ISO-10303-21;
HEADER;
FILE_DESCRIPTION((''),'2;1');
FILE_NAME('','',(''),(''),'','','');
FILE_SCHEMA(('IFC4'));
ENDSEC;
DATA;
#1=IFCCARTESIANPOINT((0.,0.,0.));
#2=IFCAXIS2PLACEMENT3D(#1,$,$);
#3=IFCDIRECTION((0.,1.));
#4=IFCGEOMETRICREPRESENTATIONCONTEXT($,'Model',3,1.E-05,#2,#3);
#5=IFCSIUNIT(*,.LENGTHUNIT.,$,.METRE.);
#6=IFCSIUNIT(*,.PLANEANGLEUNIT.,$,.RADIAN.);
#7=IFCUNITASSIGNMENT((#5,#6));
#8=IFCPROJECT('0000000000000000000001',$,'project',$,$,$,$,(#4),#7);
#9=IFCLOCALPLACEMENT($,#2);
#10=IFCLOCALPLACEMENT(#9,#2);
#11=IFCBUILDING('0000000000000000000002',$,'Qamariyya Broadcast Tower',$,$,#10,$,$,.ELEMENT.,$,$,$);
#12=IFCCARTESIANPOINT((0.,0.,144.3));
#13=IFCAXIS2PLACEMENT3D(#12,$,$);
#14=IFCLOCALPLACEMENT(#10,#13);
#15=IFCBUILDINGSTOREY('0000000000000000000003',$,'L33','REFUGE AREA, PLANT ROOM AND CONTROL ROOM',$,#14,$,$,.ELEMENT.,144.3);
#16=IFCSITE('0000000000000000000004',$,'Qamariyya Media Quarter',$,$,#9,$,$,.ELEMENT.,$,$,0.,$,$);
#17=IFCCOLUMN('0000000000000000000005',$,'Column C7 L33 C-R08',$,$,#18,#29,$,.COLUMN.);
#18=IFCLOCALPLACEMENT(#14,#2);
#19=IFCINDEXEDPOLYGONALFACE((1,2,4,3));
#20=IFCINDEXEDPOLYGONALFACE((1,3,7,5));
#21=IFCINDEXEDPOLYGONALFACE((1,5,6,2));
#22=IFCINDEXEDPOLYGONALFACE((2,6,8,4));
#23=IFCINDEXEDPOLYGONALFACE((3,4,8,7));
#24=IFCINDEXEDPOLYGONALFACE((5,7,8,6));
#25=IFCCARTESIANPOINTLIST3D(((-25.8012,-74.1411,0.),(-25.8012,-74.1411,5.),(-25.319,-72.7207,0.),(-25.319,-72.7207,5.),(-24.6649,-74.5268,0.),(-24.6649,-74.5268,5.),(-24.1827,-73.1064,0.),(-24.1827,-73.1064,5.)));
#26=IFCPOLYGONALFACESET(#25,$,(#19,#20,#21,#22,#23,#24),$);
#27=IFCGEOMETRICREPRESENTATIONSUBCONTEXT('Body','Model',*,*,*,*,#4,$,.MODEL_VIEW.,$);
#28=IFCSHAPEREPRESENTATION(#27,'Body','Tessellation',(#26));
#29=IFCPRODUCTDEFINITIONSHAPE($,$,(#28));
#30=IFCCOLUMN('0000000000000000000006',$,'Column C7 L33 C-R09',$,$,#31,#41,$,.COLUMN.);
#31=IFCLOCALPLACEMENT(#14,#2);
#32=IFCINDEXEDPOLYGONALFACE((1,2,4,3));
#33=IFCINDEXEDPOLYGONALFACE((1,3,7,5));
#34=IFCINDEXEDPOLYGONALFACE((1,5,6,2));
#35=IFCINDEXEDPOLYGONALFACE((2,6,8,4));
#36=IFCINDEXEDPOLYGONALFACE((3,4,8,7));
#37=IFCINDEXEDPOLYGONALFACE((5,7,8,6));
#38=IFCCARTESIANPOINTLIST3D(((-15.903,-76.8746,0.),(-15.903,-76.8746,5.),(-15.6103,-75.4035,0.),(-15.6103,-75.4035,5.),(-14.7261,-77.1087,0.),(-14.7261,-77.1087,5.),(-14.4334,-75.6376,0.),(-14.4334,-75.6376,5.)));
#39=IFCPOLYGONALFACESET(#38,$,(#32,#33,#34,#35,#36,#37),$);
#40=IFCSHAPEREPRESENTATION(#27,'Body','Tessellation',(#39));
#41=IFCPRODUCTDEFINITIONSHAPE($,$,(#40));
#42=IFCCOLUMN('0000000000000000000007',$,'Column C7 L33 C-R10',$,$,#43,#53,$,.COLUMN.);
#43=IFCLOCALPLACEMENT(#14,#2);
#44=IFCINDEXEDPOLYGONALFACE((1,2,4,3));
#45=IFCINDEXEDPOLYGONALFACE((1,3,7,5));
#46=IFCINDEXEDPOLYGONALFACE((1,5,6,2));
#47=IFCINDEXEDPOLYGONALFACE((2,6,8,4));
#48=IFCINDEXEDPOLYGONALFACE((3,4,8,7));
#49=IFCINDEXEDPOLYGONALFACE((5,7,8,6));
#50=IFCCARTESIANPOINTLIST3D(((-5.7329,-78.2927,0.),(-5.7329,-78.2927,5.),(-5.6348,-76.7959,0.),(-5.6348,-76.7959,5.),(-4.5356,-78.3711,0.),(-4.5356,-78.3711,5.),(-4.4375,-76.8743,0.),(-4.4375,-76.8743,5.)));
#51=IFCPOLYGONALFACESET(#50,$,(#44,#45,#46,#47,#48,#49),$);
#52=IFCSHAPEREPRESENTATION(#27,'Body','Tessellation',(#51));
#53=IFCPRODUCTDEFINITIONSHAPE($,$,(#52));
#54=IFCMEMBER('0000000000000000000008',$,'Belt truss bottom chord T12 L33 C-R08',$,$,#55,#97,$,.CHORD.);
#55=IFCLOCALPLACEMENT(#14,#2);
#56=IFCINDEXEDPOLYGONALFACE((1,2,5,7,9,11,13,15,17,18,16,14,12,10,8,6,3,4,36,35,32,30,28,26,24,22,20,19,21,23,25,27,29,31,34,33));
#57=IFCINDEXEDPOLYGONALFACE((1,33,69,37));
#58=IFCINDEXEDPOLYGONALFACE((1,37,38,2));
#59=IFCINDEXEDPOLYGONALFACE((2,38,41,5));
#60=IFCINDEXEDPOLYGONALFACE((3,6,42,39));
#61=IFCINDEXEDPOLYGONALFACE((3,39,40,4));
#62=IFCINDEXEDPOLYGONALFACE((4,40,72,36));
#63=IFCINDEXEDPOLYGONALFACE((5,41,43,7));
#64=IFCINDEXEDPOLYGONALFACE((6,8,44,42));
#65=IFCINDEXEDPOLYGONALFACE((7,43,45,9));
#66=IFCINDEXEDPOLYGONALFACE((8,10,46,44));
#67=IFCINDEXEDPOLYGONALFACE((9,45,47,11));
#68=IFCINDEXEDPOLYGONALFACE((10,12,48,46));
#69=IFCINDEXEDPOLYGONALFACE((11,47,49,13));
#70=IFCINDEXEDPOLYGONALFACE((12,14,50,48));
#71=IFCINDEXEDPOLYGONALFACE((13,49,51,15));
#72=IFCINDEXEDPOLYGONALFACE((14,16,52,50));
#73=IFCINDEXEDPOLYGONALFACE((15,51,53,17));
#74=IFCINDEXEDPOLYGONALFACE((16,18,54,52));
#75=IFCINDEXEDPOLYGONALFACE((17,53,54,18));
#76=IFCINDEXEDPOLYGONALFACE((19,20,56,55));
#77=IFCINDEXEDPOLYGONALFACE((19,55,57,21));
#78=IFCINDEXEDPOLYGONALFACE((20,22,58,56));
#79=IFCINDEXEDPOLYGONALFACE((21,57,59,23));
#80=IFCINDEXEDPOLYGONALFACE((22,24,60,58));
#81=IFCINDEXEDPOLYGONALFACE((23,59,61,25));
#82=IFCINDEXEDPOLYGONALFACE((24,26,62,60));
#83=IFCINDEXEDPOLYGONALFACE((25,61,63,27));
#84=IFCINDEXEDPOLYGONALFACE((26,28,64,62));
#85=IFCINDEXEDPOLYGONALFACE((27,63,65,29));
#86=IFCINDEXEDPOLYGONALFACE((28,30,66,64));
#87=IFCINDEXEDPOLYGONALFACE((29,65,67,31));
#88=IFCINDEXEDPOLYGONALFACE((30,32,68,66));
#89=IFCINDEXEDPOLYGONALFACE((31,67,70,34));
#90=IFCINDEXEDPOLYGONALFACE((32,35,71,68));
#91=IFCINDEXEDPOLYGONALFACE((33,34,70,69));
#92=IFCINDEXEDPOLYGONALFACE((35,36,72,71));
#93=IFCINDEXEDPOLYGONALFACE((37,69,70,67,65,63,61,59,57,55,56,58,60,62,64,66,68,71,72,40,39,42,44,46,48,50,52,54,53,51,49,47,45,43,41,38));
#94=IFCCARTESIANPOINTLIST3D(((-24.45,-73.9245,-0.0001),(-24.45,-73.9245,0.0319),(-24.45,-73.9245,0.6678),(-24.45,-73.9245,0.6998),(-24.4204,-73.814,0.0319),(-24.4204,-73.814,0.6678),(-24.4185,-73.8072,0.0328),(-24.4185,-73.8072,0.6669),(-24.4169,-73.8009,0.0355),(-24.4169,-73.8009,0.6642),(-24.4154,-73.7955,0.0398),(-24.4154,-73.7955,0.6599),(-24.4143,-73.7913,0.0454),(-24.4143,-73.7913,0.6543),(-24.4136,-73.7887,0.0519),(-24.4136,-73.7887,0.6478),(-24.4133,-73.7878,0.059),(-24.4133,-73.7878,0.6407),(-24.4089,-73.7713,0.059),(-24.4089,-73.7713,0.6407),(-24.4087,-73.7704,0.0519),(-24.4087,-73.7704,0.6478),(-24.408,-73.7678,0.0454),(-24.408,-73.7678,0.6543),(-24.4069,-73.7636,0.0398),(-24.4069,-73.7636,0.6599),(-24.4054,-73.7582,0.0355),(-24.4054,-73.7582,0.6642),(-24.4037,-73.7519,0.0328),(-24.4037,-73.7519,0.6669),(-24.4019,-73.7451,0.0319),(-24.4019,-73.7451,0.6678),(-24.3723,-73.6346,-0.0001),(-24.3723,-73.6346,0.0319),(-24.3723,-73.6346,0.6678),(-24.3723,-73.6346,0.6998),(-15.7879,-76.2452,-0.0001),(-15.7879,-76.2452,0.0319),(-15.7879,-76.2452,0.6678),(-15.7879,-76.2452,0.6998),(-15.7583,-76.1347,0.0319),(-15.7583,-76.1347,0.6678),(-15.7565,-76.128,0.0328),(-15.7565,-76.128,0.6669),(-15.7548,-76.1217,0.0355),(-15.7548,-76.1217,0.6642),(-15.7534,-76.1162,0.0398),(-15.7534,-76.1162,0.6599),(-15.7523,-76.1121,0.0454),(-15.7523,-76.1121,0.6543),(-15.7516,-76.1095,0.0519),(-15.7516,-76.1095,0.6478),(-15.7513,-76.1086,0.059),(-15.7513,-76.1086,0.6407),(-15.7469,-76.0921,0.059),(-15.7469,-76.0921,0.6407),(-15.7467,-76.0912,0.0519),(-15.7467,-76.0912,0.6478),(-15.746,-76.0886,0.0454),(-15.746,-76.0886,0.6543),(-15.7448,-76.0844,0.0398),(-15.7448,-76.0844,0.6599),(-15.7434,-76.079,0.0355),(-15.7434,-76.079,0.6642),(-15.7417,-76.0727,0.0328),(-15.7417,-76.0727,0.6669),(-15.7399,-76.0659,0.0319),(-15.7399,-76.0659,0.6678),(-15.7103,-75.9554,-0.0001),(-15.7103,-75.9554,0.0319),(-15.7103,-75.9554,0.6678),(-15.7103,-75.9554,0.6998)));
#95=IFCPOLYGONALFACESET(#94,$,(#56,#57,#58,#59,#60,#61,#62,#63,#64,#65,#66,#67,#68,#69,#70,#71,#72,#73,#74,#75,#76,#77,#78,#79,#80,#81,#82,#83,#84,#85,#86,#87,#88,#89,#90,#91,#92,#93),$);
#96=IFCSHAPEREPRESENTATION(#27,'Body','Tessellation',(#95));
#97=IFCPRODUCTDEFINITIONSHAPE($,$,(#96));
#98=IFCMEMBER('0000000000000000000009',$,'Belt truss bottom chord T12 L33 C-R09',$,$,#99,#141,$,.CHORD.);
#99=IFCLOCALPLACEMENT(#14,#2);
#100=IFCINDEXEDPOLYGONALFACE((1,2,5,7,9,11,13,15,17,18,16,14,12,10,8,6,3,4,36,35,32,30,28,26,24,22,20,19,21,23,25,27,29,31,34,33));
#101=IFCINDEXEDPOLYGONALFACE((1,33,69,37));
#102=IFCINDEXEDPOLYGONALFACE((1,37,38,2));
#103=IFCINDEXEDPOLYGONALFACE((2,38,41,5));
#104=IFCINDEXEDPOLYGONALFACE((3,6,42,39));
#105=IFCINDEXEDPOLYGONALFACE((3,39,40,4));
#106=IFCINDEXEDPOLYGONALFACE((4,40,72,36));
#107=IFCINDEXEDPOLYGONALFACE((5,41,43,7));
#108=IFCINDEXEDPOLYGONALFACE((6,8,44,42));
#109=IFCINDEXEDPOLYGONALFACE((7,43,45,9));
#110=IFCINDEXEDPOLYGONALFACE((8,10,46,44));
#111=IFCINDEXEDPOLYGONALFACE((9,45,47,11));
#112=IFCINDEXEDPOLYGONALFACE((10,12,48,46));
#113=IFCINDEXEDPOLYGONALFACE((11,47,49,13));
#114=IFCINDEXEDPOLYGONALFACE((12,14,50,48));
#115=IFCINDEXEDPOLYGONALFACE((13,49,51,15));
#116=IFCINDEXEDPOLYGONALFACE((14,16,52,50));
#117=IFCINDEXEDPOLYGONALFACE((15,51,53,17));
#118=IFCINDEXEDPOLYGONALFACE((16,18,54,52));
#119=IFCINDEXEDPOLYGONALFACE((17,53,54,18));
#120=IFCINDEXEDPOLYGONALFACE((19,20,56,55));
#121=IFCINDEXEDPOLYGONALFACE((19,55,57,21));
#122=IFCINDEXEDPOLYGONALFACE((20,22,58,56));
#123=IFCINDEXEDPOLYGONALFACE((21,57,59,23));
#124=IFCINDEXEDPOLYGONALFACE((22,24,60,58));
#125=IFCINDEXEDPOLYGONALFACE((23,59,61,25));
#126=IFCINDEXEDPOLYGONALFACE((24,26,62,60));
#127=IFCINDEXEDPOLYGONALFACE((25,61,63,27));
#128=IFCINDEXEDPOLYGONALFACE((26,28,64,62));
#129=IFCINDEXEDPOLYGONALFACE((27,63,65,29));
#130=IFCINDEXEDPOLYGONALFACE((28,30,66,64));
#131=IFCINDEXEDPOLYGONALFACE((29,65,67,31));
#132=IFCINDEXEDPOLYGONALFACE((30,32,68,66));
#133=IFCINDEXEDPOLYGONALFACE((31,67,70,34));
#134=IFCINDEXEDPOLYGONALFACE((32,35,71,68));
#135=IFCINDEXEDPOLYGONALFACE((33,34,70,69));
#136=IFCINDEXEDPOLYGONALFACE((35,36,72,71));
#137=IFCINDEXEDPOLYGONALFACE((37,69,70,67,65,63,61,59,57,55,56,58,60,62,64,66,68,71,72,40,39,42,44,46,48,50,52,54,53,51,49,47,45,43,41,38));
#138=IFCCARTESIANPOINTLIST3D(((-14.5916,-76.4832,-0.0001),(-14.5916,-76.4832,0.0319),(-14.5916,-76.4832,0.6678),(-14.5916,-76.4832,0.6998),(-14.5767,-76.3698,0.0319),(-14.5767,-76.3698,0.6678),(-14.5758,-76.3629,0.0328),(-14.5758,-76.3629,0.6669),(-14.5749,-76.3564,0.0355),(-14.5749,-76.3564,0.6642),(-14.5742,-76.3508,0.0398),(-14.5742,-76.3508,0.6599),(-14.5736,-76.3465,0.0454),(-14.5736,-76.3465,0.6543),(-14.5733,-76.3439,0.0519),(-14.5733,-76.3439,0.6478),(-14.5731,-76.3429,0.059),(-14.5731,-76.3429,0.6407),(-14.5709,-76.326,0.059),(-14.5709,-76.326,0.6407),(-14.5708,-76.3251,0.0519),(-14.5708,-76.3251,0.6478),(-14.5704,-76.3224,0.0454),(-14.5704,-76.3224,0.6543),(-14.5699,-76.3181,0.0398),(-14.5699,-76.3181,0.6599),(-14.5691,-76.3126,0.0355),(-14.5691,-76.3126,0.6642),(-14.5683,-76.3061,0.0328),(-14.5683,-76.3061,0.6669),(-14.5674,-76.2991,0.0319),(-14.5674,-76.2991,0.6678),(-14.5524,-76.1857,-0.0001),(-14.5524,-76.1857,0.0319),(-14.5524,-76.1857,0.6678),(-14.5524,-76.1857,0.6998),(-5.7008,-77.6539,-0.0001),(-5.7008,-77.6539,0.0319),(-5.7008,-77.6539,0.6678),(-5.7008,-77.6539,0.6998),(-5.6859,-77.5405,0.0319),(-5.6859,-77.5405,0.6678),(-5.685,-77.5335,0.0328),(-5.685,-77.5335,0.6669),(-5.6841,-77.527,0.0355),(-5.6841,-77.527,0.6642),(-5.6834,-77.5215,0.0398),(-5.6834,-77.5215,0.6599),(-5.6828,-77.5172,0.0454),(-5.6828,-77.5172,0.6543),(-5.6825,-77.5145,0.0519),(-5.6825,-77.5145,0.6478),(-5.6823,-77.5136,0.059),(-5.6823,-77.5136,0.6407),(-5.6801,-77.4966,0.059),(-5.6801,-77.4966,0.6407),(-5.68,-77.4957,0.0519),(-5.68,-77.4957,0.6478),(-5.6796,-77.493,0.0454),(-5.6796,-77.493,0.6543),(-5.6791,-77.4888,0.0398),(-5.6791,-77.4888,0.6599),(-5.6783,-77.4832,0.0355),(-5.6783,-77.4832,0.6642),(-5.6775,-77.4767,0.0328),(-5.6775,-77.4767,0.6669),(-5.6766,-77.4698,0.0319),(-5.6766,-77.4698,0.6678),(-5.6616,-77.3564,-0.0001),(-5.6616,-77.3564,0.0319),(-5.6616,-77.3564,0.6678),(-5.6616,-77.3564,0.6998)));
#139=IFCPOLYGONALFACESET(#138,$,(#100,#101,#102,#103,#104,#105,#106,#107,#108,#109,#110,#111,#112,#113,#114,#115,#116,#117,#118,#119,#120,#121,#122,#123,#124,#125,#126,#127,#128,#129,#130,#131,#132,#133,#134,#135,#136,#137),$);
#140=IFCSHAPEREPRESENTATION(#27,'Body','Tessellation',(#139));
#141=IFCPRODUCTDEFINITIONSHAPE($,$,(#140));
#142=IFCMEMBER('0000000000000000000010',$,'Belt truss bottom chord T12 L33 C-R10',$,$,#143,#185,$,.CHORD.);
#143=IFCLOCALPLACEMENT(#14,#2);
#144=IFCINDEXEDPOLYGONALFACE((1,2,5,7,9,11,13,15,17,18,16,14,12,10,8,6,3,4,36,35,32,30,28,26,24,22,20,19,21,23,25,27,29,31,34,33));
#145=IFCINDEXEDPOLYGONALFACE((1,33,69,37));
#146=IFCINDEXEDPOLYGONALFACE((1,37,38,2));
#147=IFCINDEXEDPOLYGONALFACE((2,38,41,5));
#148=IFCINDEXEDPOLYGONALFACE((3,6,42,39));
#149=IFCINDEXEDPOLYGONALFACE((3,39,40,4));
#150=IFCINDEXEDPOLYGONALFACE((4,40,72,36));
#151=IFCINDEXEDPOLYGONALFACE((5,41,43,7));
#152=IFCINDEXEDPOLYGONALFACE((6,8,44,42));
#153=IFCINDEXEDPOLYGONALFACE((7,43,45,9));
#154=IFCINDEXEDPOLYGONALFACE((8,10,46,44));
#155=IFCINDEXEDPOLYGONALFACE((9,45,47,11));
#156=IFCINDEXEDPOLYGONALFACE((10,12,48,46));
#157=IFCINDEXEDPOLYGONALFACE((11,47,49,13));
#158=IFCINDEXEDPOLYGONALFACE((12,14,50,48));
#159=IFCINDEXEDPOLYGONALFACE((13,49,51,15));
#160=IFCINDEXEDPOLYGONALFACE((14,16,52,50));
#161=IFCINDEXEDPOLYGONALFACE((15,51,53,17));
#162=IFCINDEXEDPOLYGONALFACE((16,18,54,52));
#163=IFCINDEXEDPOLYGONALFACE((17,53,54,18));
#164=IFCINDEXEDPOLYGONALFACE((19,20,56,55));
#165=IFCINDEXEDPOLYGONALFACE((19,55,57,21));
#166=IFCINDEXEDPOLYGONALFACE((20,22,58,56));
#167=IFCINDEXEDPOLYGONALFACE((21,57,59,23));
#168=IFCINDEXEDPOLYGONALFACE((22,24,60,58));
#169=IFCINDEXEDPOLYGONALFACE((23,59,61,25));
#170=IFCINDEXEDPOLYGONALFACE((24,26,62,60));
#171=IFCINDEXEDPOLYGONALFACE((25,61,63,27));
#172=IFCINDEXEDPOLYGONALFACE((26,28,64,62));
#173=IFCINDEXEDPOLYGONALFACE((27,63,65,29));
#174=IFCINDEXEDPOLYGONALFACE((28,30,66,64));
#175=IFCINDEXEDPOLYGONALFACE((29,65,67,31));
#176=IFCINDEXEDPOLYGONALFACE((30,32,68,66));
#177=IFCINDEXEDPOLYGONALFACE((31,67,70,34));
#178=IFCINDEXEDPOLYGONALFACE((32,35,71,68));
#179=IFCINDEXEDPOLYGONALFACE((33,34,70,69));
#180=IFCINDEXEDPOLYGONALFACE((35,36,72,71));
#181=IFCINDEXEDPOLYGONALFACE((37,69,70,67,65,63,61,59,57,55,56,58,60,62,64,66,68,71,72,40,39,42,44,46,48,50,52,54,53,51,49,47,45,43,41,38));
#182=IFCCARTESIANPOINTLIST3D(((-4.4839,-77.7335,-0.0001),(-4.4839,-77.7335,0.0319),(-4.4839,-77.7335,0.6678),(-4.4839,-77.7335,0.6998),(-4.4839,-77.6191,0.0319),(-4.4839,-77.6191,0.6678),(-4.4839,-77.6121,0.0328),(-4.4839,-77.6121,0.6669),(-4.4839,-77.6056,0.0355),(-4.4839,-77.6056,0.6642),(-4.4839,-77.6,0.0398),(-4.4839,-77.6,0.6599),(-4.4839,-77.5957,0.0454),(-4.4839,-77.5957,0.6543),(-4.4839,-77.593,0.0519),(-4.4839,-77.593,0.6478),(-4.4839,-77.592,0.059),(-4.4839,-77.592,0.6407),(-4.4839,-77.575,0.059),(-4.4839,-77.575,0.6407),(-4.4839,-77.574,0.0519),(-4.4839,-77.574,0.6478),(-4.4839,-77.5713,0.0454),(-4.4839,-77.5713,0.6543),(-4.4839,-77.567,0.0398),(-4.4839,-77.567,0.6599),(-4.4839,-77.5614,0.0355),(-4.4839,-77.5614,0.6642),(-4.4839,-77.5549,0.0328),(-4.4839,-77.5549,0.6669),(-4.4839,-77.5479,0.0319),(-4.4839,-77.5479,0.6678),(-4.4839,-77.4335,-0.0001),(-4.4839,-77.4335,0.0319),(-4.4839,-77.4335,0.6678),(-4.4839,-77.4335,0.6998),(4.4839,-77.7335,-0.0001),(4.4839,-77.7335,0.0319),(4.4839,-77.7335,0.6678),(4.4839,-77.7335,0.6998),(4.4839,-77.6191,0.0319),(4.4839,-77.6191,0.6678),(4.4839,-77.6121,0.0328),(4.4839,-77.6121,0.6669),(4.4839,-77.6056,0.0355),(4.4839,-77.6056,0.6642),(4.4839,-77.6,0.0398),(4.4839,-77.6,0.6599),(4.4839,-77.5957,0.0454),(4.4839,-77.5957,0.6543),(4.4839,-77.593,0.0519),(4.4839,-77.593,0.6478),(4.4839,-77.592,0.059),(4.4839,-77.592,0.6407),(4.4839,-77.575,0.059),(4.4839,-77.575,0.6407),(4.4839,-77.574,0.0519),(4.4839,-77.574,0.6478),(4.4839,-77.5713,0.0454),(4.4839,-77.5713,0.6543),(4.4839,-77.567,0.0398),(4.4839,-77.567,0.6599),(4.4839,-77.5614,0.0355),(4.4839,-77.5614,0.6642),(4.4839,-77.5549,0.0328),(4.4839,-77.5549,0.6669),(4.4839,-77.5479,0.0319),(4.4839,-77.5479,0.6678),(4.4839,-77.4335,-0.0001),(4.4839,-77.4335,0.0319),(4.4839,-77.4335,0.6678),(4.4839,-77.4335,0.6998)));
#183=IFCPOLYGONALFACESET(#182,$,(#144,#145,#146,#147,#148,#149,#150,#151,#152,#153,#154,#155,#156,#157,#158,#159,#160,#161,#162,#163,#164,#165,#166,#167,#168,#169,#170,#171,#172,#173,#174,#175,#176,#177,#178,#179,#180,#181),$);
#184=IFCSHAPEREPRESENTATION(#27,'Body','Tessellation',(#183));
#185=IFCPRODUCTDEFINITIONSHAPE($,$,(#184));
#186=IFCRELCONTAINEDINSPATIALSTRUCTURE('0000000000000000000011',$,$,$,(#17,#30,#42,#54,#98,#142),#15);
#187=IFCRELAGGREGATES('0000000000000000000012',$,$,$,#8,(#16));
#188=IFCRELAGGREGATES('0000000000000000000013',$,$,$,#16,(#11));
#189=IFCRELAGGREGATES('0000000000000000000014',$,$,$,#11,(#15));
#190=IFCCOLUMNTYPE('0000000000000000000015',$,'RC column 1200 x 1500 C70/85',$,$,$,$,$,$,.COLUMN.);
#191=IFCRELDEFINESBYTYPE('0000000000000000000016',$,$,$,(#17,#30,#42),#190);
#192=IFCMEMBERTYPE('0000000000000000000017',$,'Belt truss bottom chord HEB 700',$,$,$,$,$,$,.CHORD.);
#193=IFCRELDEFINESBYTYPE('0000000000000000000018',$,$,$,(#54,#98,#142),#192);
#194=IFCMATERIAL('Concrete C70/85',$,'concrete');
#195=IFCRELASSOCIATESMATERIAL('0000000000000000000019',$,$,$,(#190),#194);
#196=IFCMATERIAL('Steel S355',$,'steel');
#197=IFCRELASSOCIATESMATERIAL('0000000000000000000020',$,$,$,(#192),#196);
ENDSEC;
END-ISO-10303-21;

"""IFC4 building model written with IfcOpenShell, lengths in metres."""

from ifc_helpers import new_model, si_unit, direction, frame, origin, origin_2d, place, context, subcontext, project, spatial, rectangle, i_section, extrude, material, material_profile, profile_set, type_object, element, save


model = new_model("IFC4")

# Units and contexts
model_context = context("Model", 3, precision=1e-05, world=origin(), true_north=direction((0.0, 1.0)))
body_context = subcontext(model_context, "Body", "Model", "MODEL_VIEW")
ifc_project = project(units=[si_unit("LENGTHUNIT", "METRE"), si_unit("PLANEANGLEUNIT", "RADIAN")], contexts=[model_context])

# Site, building, storey
site_placement = place(None, origin())
site = spatial("IfcSite", under=ifc_project, at=site_placement, Name="Qamariyya Media Quarter", CompositionType="ELEMENT", RefElevation=0.0)
building_placement = place(site_placement, origin())
building = spatial("IfcBuilding", under=site, at=building_placement, Name="Qamariyya Broadcast Tower", CompositionType="ELEMENT")
storey_placement = place(building_placement, frame((0.0, 0.0, 144.3)))
storey = spatial("IfcBuildingStorey", under=building, at=storey_placement, Name="L33", Description="REFUGE AREA, PLANT ROOM AND CONTROL ROOM", CompositionType="ELEMENT", Elevation=144.3)

# Columns
ifc_material_1 = material(Name="Concrete C70/85", Category="concrete")
ifc_material_profile_1 = material_profile(ifc_material_1, rectangle(XDim=1.2, YDim=1.5, at=origin_2d()))
ifc_profile_set_1 = profile_set([ifc_material_profile_1], Name="Concrete C70/85")
column_type = type_object("IfcColumnType", Name="RC column 1200 x 1500 C70/85", PredefinedType="COLUMN", material=ifc_profile_set_1)
for number, where, z_axis, x_axis, name in (
    (1, (-24.9919, -73.6238, 0.0), (0.0, 0.0, 1.0), (0.94693, -0.321439, 0.0), "Column C7 L33 C-R08"),
    (2, (-15.1682, -76.2561, 0.0), (0.0, 0.0, 1.0), (0.980785, -0.19509, 0.0), "Column C7 L33 C-R09"),
    (3, (-5.0852, -77.5835, 0.0), (0.0, 0.0, 1.0), (0.997859, -0.065403, 0.0), "Column C7 L33 C-R10"),
):
    element("IfcColumn", number, at=place(storey_placement, frame(where, z_axis=z_axis, x_axis=x_axis)), inside=storey, type_object=column_type, Name=name, PredefinedType="COLUMN", context=body_context, shape_type="SweptSolid", body=[
        extrude(rectangle(XDim=1.2, YDim=1.5, at=origin_2d()), origin(), (0.0, 0.0, 1.0), 5.0),
    ])

# Members
ifc_material_2 = material(Name="Steel S355", Category="steel")
ifc_material_profile_2 = material_profile(ifc_material_2, i_section(OverallWidth=0.3, OverallDepth=0.7, WebThickness=0.0171, FlangeThickness=0.032, FilletRadius=0.0271, at=origin_2d()))
ifc_profile_set_2 = profile_set([ifc_material_profile_2], Name="Steel S355")
member_type_1 = type_object("IfcMemberType", Name="Belt truss bottom chord HEB 700", PredefinedType="CHORD", material=ifc_profile_set_2)
for number, where, z_axis, x_axis, name in (
    (4, (-24.4111, -73.7795, 0.3499), (0.965932, -0.258798, 0.0), (0.258798, 0.965932, 0.0), "Belt truss bottom chord T12 L33 C-R08"),
    (5, (-14.572, -76.3345, 0.3499), (0.991443, -0.130543, 0.0), (0.130543, 0.991443, 0.0), "Belt truss bottom chord T12 L33 C-R09"),
):
    element("IfcMember", number, at=place(storey_placement, frame(where, z_axis=z_axis, x_axis=x_axis)), inside=storey, type_object=member_type_1, Name=name, PredefinedType="CHORD", context=body_context, shape_type="SweptSolid", body=[
        extrude(i_section(OverallWidth=0.3, OverallDepth=0.7, WebThickness=0.0171, FlangeThickness=0.032, FilletRadius=0.0271, at=origin_2d()), origin(), (0.0, 0.0, 1.0), 8.9675),
    ])
member_1_placement = place(storey_placement, frame((-4.4839, -77.5835, 0.3499), z_axis=(1.0, 0.0, 0.0), x_axis=(0.0, 1.0, 0.0)))
element("IfcMember", 6, at=member_1_placement, inside=storey, type_object=member_type_1, Name="Belt truss bottom chord T12 L33 C-R10", PredefinedType="CHORD", context=body_context, shape_type="SweptSolid", body=[
    extrude(i_section(OverallWidth=0.3, OverallDepth=0.7, WebThickness=0.0171, FlangeThickness=0.032, FilletRadius=0.0271, at=origin_2d()), origin(), (0.0, 0.0, 1.0), 8.9678),
])

save(model, "model.ifc")
